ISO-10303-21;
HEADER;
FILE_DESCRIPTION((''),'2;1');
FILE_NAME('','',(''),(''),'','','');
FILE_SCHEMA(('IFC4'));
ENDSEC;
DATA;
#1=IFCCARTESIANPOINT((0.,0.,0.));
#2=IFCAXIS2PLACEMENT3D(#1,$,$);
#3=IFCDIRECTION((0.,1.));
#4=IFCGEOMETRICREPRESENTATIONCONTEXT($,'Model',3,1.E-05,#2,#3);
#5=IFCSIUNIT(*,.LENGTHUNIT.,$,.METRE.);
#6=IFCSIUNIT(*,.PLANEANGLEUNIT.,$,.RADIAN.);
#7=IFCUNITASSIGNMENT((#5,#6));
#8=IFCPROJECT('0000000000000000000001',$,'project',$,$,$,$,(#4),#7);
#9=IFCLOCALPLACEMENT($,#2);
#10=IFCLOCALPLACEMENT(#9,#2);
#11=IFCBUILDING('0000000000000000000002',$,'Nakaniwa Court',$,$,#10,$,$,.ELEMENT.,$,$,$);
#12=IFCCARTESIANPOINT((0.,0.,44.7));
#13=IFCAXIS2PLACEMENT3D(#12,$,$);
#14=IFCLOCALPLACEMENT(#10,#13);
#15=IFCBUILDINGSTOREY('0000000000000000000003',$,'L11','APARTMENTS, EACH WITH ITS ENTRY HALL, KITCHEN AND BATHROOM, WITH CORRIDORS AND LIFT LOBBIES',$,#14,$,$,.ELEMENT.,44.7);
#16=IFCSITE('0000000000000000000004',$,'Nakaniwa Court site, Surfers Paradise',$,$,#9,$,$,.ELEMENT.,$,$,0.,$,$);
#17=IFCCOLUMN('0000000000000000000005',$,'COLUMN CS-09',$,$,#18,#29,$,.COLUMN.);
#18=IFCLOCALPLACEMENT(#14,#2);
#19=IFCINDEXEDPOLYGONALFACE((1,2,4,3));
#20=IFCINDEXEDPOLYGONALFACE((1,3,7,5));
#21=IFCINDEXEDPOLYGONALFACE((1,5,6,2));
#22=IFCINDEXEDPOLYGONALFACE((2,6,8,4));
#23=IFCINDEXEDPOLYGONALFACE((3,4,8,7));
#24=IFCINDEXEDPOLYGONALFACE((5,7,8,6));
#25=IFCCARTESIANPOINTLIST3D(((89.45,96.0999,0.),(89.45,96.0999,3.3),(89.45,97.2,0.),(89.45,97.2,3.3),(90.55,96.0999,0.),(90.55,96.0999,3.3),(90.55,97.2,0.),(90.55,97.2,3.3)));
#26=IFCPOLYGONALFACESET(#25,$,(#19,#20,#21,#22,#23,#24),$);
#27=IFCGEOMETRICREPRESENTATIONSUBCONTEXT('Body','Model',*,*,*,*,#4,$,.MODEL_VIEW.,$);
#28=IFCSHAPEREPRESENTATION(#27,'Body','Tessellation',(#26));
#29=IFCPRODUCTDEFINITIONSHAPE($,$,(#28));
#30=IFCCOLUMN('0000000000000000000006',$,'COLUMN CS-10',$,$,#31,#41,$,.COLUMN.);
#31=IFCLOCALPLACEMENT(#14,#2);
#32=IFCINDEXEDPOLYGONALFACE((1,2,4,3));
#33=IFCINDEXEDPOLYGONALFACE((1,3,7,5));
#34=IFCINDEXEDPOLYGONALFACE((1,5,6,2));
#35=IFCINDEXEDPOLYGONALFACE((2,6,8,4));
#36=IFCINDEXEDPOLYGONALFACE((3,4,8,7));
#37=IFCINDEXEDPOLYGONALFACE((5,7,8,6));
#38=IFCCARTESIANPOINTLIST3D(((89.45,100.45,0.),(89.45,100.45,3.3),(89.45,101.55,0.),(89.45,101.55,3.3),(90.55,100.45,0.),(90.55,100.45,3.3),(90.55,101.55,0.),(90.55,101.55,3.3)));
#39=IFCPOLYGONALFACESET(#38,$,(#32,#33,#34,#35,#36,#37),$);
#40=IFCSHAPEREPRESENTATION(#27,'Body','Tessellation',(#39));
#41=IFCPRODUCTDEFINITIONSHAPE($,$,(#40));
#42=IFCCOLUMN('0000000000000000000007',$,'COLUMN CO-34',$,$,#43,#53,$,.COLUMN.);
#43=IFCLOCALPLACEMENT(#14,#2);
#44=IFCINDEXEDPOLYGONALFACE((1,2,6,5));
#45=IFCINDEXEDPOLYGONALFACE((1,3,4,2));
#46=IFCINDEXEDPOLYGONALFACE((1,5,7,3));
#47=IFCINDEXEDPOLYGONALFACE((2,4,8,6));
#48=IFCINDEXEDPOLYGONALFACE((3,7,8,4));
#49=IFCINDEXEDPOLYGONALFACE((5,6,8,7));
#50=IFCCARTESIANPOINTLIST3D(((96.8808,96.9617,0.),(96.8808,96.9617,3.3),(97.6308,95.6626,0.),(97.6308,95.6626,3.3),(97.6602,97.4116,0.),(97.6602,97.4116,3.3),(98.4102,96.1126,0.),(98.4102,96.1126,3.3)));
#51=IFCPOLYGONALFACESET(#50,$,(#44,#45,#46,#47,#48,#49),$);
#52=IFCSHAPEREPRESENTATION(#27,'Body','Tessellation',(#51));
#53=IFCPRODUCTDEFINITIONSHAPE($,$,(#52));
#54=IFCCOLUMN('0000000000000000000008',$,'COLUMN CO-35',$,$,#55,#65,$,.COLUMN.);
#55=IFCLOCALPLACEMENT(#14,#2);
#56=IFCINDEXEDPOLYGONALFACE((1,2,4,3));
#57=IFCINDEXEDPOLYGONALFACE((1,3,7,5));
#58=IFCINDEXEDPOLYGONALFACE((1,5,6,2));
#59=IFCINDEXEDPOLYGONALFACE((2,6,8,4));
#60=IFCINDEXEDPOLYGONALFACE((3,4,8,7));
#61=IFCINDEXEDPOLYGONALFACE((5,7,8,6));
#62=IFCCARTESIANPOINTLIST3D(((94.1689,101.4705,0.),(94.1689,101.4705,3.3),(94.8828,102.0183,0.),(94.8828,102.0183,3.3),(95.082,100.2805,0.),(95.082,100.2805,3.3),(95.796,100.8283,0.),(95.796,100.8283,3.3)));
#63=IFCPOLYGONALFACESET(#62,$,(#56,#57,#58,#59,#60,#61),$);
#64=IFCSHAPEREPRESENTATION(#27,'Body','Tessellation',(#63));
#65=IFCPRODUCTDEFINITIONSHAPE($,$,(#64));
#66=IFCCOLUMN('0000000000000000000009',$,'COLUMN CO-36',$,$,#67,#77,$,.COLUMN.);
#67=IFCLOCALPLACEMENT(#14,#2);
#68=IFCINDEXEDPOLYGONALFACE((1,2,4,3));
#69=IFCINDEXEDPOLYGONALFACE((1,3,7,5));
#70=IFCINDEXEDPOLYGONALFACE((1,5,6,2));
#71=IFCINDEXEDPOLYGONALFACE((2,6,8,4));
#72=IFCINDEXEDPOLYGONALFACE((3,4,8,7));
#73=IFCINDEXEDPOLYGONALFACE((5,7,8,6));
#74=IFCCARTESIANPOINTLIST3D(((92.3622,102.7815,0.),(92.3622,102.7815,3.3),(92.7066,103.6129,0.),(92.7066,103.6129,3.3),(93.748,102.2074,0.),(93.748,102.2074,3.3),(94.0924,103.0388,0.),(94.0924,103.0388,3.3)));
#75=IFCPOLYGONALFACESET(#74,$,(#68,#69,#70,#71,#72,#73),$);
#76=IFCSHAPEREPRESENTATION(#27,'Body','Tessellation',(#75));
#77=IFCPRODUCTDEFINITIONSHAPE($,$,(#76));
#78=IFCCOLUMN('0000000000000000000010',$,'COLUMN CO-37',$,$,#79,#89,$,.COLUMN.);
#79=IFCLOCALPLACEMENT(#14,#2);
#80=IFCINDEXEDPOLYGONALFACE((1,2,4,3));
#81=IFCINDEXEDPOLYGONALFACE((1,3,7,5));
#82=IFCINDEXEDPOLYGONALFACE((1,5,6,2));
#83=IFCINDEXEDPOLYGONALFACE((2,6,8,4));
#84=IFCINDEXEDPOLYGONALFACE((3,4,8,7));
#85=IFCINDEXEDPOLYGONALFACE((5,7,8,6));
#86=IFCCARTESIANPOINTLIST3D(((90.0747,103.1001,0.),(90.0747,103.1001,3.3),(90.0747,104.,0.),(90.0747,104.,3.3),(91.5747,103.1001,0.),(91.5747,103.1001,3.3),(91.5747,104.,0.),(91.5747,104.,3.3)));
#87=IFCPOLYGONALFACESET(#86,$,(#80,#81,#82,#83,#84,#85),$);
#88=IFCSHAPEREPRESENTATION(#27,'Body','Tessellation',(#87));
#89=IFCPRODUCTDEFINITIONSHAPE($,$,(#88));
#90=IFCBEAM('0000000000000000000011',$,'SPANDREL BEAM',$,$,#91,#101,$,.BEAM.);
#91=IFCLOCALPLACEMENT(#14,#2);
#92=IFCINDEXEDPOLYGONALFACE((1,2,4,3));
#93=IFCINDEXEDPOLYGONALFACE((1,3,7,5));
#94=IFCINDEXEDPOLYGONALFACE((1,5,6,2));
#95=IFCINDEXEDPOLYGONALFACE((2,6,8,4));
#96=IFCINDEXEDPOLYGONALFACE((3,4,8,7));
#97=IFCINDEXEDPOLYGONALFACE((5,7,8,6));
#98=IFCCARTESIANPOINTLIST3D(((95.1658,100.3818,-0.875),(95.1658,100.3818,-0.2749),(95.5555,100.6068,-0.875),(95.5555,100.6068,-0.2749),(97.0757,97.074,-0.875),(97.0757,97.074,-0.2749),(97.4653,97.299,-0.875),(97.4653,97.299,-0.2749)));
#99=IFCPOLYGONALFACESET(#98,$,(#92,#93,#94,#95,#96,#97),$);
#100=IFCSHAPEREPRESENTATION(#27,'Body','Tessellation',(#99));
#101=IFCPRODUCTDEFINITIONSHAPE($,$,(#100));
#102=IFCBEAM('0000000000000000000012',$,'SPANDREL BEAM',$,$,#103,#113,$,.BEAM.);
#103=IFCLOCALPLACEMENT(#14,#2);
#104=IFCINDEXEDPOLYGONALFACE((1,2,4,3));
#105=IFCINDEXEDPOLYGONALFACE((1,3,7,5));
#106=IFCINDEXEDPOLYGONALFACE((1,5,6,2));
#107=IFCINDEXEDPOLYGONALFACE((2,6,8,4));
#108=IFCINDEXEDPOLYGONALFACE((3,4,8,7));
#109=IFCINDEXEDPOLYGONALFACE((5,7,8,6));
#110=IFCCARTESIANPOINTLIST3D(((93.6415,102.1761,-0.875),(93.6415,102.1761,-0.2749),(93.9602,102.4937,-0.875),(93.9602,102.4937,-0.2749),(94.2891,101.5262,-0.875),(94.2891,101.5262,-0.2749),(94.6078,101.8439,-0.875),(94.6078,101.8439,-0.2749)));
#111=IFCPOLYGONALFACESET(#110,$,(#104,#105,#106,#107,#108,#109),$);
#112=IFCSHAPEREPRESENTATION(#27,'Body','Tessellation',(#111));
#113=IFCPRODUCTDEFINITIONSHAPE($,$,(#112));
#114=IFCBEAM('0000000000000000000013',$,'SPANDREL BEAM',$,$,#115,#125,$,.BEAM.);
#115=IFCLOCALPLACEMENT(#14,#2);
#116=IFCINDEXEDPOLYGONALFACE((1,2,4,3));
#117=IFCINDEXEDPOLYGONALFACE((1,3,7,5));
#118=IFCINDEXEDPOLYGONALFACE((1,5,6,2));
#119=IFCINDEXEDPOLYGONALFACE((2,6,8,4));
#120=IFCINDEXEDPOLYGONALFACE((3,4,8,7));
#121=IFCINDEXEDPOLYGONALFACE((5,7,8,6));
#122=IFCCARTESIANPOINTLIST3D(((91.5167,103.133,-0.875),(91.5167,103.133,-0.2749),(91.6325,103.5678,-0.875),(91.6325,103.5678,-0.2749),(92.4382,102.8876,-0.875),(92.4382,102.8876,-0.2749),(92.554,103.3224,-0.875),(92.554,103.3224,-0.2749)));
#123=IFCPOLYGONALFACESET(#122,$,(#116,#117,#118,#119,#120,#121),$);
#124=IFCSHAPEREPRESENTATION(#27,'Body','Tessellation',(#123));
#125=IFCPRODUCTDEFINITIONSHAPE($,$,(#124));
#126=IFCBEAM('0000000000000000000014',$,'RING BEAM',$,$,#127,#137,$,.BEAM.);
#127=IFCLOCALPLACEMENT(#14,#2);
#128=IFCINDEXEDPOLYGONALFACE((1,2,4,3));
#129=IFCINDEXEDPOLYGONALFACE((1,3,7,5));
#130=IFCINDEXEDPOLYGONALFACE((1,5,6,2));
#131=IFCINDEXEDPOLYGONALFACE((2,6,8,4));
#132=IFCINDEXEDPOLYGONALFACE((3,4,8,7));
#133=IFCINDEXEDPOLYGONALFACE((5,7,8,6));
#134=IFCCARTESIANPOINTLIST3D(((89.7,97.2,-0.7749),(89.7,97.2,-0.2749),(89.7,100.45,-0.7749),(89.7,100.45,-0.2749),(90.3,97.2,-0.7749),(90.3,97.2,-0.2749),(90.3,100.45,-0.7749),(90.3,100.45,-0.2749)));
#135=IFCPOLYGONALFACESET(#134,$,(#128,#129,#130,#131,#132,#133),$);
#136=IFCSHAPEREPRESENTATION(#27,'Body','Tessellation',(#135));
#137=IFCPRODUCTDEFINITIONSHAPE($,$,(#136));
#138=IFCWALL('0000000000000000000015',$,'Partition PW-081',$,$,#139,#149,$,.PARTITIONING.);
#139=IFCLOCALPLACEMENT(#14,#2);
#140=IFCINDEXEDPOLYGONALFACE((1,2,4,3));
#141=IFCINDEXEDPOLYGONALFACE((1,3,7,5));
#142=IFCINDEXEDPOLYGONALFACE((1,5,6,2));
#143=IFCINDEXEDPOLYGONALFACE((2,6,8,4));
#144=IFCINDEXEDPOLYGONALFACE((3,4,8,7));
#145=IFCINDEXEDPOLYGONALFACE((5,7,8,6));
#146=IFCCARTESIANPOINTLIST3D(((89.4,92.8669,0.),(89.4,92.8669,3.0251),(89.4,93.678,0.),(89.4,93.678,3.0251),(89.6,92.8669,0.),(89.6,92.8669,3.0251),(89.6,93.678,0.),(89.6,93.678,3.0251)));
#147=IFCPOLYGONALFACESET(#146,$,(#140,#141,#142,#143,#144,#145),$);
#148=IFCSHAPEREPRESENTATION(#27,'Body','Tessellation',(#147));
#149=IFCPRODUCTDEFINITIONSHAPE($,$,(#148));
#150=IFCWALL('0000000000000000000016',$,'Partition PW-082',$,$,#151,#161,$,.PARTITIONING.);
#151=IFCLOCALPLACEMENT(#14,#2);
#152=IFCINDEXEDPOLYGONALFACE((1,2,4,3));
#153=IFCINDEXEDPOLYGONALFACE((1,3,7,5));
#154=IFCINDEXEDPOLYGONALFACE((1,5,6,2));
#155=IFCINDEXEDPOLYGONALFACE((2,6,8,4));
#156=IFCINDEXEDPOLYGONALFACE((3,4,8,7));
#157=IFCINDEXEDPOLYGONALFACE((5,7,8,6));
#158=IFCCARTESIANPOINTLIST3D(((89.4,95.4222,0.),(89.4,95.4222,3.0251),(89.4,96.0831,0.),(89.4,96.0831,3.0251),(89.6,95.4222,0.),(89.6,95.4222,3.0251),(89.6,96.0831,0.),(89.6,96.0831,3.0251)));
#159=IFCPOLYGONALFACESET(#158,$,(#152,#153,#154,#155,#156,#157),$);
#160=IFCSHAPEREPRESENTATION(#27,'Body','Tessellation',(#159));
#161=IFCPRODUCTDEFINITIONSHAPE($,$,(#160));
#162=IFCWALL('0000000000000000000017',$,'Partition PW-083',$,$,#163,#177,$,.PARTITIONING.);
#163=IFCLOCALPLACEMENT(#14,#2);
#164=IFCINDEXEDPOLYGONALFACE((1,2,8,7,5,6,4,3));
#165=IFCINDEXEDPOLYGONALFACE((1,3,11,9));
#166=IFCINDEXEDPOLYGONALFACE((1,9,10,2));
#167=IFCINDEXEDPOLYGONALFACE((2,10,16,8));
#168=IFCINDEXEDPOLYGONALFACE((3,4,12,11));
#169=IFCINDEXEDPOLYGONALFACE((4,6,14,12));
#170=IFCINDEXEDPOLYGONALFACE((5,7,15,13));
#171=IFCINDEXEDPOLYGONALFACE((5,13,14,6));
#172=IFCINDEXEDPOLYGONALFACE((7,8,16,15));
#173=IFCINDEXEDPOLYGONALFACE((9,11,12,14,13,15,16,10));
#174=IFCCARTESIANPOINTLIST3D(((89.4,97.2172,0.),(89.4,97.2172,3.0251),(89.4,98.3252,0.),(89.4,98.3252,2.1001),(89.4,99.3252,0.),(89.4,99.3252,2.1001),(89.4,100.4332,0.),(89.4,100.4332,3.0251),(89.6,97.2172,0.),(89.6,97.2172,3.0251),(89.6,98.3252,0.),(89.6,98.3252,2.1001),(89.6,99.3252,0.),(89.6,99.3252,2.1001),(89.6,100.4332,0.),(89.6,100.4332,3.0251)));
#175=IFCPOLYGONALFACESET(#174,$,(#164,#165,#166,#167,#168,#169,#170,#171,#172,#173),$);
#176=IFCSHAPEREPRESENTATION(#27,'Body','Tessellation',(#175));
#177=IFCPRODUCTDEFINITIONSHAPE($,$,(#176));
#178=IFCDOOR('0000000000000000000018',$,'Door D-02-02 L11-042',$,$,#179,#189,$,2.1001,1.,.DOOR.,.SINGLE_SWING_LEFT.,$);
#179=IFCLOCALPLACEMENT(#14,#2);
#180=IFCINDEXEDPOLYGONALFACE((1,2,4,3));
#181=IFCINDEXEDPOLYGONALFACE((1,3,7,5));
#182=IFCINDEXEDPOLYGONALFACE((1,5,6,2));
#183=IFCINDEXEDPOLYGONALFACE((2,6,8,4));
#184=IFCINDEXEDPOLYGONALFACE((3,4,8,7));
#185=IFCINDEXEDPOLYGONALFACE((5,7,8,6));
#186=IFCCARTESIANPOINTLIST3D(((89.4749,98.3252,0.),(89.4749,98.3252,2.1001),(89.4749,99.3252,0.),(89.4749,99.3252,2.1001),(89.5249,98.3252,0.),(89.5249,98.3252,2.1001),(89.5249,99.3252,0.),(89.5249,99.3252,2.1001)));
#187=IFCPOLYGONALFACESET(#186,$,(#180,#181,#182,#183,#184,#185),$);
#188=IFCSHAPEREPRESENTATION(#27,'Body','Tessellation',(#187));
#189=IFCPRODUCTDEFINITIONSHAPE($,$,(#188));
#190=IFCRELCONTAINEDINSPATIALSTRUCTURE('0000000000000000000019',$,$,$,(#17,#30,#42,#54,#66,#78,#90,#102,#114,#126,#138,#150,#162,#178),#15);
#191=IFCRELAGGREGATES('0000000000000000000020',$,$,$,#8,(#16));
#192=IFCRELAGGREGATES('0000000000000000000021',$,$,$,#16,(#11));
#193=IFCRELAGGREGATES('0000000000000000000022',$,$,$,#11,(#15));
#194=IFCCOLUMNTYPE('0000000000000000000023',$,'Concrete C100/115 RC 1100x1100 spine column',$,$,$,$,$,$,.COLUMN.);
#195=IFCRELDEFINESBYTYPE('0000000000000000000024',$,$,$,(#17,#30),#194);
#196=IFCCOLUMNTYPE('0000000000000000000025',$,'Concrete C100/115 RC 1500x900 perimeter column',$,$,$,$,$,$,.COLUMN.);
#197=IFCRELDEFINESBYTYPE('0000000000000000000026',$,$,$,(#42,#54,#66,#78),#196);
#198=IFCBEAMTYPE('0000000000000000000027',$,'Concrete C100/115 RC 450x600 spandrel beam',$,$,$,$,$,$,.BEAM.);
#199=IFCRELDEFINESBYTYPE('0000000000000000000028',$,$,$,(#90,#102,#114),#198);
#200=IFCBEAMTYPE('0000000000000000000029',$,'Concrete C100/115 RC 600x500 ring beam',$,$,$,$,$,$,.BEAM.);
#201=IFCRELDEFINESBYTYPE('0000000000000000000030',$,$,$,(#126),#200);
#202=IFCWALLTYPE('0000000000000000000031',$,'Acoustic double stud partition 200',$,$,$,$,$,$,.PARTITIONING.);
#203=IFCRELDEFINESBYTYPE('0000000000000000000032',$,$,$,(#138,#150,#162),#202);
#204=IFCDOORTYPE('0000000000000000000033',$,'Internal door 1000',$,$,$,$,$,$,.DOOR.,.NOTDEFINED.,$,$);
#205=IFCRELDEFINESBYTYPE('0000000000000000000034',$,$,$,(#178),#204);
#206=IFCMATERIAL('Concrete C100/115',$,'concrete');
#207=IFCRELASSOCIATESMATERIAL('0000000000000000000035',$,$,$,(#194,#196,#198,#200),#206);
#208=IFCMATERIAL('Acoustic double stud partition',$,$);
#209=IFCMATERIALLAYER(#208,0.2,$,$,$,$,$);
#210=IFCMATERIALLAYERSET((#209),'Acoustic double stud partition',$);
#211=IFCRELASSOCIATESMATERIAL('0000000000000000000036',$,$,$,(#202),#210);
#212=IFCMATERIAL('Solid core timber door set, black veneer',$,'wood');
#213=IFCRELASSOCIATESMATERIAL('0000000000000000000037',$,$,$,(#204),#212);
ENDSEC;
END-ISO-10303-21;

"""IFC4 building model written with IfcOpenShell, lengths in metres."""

from ifc_helpers import new_model, si_unit, direction, frame, frame_2d, origin, origin_2d, place, context, subcontext, project, spatial, rectangle, extrude, material, layer, layer_set, material_profile, profile_set, type_object, element, fill, save


model = new_model("IFC4")

# Units and contexts
model_context = context("Model", 3, precision=1e-05, world=origin(), true_north=direction((0.0, 1.0)))
body_context = subcontext(model_context, "Body", "Model", "MODEL_VIEW")
ifc_project = project(units=[si_unit("LENGTHUNIT", "METRE"), si_unit("PLANEANGLEUNIT", "RADIAN")], contexts=[model_context])

# Site, building, storey
site_placement = place(None, origin())
site = spatial("IfcSite", under=ifc_project, at=site_placement, Name="Nakaniwa Court site, Surfers Paradise", CompositionType="ELEMENT", RefElevation=0.0)
building_placement = place(site_placement, origin())
building = spatial("IfcBuilding", under=site, at=building_placement, Name="Nakaniwa Court", CompositionType="ELEMENT")
storey_placement = place(building_placement, frame((0.0, 0.0, 44.7)))
storey = spatial("IfcBuildingStorey", under=building, at=storey_placement, Name="L11", Description="APARTMENTS, EACH WITH ITS ENTRY HALL, KITCHEN AND BATHROOM, WITH CORRIDORS AND LIFT LOBBIES", CompositionType="ELEMENT", Elevation=44.7)

# Columns
ifc_material_1 = material(Name="Concrete C100/115", Category="concrete")
ifc_material_profile_1 = material_profile(ifc_material_1, rectangle(XDim=1.1001, YDim=1.1001, at=origin_2d()), Name="Concrete C100/115 RC 1100x1100 spine column")
ifc_profile_set_1 = profile_set([ifc_material_profile_1], Name="Concrete C100/115")
column_type_1 = type_object("IfcColumnType", Name="Concrete C100/115 RC 1100x1100 spine column", PredefinedType="COLUMN", material=ifc_profile_set_1)
for number, where, z_axis, x_axis, name in (
    (1, (90.0, 96.6499, 0.0), (0.0, 0.0, 1.0), (0.0, 1.0, 0.0), "COLUMN CS-09"),
    (2, (90.0, 101.0, 0.0), (0.0, 0.0, 1.0), (0.0, 1.0, 0.0), "COLUMN CS-10"),
):
    element("IfcColumn", number, at=place(storey_placement, frame(where, z_axis=z_axis, x_axis=x_axis)), inside=storey, type_object=column_type_1, Name=name, PredefinedType="COLUMN", context=body_context, shape_type="SweptSolid", body=[
        extrude(rectangle(XDim=1.1001, YDim=1.1001, at=origin_2d()), origin(), (0.0, 0.0, 1.0), 3.3),
    ])
ifc_material_profile_2 = material_profile(ifc_material_1, rectangle(XDim=1.5, YDim=0.8999, at=origin_2d()), Name="Concrete C100/115 RC 1500x900 perimeter column")
ifc_profile_set_2 = profile_set([ifc_material_profile_2], Name="Concrete C100/115")
column_type_2 = type_object("IfcColumnType", Name="Concrete C100/115 RC 1500x900 perimeter column", PredefinedType="COLUMN", material=ifc_profile_set_2)
for number, where, z_axis, x_axis, name in (
    (3, (97.6455, 96.5371, 0.0), (0.0, 0.0, 1.0), (-0.5, 0.866025, 0.0), "COLUMN CO-34"),
    (4, (94.9824, 101.1494, 0.0), (0.0, 0.0, 1.0), (-0.608761, 0.793353, 0.0), "COLUMN CO-35"),
    (5, (93.2273, 102.9102, 0.0), (0.0, 0.0, 1.0), (-0.92388, 0.382683, 0.0), "COLUMN CO-36"),
    (6, (90.8247, 103.55, 0.0), (0.0, 0.0, 1.0), (-1.0, 0.0, 0.0), "COLUMN CO-37"),
):
    element("IfcColumn", number, at=place(storey_placement, frame(where, z_axis=z_axis, x_axis=x_axis)), inside=storey, type_object=column_type_2, Name=name, PredefinedType="COLUMN", context=body_context, shape_type="SweptSolid", body=[
        extrude(rectangle(XDim=1.5, YDim=0.8999, at=origin_2d()), origin(), (0.0, 0.0, 1.0), 3.3),
    ])

# Beams
ifc_material_profile_3 = material_profile(ifc_material_1, rectangle(XDim=0.45, YDim=0.6001, at=origin_2d()), Name="Concrete C100/115 RC 450x600 spandrel beam")
ifc_profile_set_3 = profile_set([ifc_material_profile_3], Name="Concrete C100/115")
beam_type_1 = type_object("IfcBeamType", Name="Concrete C100/115 RC 450x600 spandrel beam", PredefinedType="BEAM", material=ifc_profile_set_3)
beam_1_placement = place(storey_placement, frame((97.2705, 97.1865, -0.575), z_axis=(-0.500023, 0.866012, 0.0), x_axis=(-0.866012, -0.500023, 0.0)))
element("IfcBeam", 7, at=beam_1_placement, inside=storey, type_object=beam_type_1, Name="SPANDREL BEAM", PredefinedType="BEAM", context=body_context, shape_type="SweptSolid", body=[
    extrude(rectangle(XDim=0.45, YDim=0.6001, at=origin_2d()), origin(), (0.0, 0.0, 1.0), 3.8196),
])
beam_2_placement = place(storey_placement, frame((94.4485, 101.6851, -0.575), z_axis=(-0.705908, 0.708303, 0.0), x_axis=(-0.708303, -0.705908, 0.0)))
element("IfcBeam", 8, at=beam_2_placement, inside=storey, type_object=beam_type_1, Name="SPANDREL BEAM", PredefinedType="BEAM", context=body_context, shape_type="SweptSolid", body=[
    extrude(rectangle(XDim=0.45, YDim=0.6001, at=origin_2d()), origin(), (0.0, 0.0, 1.0), 0.9175),
])
beam_3_placement = place(storey_placement, frame((92.4961, 103.105, -0.575), z_axis=(-0.966324, 0.257328, 0.0), x_axis=(-0.257328, -0.966324, 0.0)))
element("IfcBeam", 9, at=beam_3_placement, inside=storey, type_object=beam_type_1, Name="SPANDREL BEAM", PredefinedType="BEAM", context=body_context, shape_type="SweptSolid", body=[
    extrude(rectangle(XDim=0.45, YDim=0.6001, at=origin_2d()), origin(), (0.0, 0.0, 1.0), 0.9536),
])
ifc_material_profile_4 = material_profile(ifc_material_1, rectangle(XDim=0.6001, YDim=0.5, at=origin_2d()), Name="Concrete C100/115 RC 600x500 ring beam")
ifc_profile_set_4 = profile_set([ifc_material_profile_4], Name="Concrete C100/115")
beam_type_2 = type_object("IfcBeamType", Name="Concrete C100/115 RC 600x500 ring beam", PredefinedType="BEAM", material=ifc_profile_set_4)
beam_4_placement = place(storey_placement, frame((90.0, 97.2, -0.5249), z_axis=(0.0, 1.0, 0.0), x_axis=(-1.0, 0.0, 0.0)))
element("IfcBeam", 10, at=beam_4_placement, inside=storey, type_object=beam_type_2, Name="RING BEAM", PredefinedType="BEAM", context=body_context, shape_type="SweptSolid", body=[
    extrude(rectangle(XDim=0.6001, YDim=0.5, at=origin_2d()), origin(), (0.0, 0.0, 1.0), 3.25),
])

# Walls
ifc_material_2 = material(Name="Acoustic double stud partition")
ifc_layer_1 = layer(ifc_material_2, 0.2)
ifc_layer_set_1 = layer_set([ifc_layer_1], Name="Acoustic double stud partition")
wall_type_1 = type_object("IfcWallType", Name="Acoustic double stud partition 200", PredefinedType="PARTITIONING", material=ifc_layer_set_1)
wall_1_placement = place(storey_placement, frame((89.5, 92.8669, 0.0), z_axis=(0.0, 0.0, 1.0), x_axis=(0.0, 1.0, 0.0)))
element("IfcWall", 11, at=wall_1_placement, inside=storey, type_object=wall_type_1, Name="Partition PW-081", PredefinedType="PARTITIONING", context=body_context, shape_type="SweptSolid", body=[
    extrude(rectangle(XDim=0.811, YDim=0.2, at=frame_2d((0.4055, 0.0))), origin(), (0.0, 0.0, 1.0), 3.0251),
])
wall_2_placement = place(storey_placement, frame((89.5, 95.4221, 0.0), z_axis=(0.0, 0.0, 1.0), x_axis=(0.0, 1.0, 0.0)))
element("IfcWall", 12, at=wall_2_placement, inside=storey, type_object=wall_type_1, Name="Partition PW-082", PredefinedType="PARTITIONING", context=body_context, shape_type="SweptSolid", body=[
    extrude(rectangle(XDim=0.6609, YDim=0.2, at=frame_2d((0.3306, 0.0))), origin(), (0.0, 0.0, 1.0), 3.0251),
])

# Wall, opening, door
wall_3_placement = place(storey_placement, frame((89.5, 100.4331, 0.0), z_axis=(0.0, 0.0, 1.0), x_axis=(0.0, -1.0, 0.0)))
wall_3 = element("IfcWall", 13, at=wall_3_placement, inside=storey, type_object=wall_type_1, Name="Partition PW-083", PredefinedType="PARTITIONING", context=body_context, shape_type="SweptSolid", body=[
    extrude(rectangle(XDim=3.2161, YDim=0.2, at=frame_2d((1.6079, 0.0))), origin(), (0.0, 0.0, 1.0), 3.0251),
])
opening_1_placement = place(wall_3_placement, frame((1.1079, 0.0, 0.0)))
opening_1 = element("IfcOpeningElement", 14, at=opening_1_placement, cuts=wall_3, PredefinedType="OPENING", context=body_context, shape_type="SweptSolid", body=[
    extrude(rectangle(XDim=1.0, YDim=2.1001, at=frame_2d((0.5, 1.05))), frame((0.0, 0.1099, 0.0), z_axis=(0.0, -1.0, 0.0), x_axis=(1.0, 0.0, 0.0)), (0.0, 0.0, 1.0), 0.22),
])
ifc_material_3 = material(Name="Solid core timber door set, black veneer", Category="wood")
door_type = type_object("IfcDoorType", Name="Internal door 1000", OperationType="NOTDEFINED", PredefinedType="DOOR", material=ifc_material_3)
door_placement = place(opening_1_placement, origin())
door = element("IfcDoor", 15, at=door_placement, inside=storey, type_object=door_type, Name="Door D-02-02 L11-042", OperationType="SINGLE_SWING_LEFT", OverallHeight=2.1001, OverallWidth=1.0, PredefinedType="DOOR", context=body_context, shape_type="SweptSolid", body=[
    extrude(rectangle(XDim=1.0, YDim=2.1001, at=frame_2d((0.5, 1.05))), frame((0.0, 0.0249, 0.0), z_axis=(0.0, -1.0, 0.0), x_axis=(1.0, 0.0, 0.0)), (0.0, 0.0, 1.0), 0.05),
])
fill(opening_1, door)

save(model, "model.ifc")
